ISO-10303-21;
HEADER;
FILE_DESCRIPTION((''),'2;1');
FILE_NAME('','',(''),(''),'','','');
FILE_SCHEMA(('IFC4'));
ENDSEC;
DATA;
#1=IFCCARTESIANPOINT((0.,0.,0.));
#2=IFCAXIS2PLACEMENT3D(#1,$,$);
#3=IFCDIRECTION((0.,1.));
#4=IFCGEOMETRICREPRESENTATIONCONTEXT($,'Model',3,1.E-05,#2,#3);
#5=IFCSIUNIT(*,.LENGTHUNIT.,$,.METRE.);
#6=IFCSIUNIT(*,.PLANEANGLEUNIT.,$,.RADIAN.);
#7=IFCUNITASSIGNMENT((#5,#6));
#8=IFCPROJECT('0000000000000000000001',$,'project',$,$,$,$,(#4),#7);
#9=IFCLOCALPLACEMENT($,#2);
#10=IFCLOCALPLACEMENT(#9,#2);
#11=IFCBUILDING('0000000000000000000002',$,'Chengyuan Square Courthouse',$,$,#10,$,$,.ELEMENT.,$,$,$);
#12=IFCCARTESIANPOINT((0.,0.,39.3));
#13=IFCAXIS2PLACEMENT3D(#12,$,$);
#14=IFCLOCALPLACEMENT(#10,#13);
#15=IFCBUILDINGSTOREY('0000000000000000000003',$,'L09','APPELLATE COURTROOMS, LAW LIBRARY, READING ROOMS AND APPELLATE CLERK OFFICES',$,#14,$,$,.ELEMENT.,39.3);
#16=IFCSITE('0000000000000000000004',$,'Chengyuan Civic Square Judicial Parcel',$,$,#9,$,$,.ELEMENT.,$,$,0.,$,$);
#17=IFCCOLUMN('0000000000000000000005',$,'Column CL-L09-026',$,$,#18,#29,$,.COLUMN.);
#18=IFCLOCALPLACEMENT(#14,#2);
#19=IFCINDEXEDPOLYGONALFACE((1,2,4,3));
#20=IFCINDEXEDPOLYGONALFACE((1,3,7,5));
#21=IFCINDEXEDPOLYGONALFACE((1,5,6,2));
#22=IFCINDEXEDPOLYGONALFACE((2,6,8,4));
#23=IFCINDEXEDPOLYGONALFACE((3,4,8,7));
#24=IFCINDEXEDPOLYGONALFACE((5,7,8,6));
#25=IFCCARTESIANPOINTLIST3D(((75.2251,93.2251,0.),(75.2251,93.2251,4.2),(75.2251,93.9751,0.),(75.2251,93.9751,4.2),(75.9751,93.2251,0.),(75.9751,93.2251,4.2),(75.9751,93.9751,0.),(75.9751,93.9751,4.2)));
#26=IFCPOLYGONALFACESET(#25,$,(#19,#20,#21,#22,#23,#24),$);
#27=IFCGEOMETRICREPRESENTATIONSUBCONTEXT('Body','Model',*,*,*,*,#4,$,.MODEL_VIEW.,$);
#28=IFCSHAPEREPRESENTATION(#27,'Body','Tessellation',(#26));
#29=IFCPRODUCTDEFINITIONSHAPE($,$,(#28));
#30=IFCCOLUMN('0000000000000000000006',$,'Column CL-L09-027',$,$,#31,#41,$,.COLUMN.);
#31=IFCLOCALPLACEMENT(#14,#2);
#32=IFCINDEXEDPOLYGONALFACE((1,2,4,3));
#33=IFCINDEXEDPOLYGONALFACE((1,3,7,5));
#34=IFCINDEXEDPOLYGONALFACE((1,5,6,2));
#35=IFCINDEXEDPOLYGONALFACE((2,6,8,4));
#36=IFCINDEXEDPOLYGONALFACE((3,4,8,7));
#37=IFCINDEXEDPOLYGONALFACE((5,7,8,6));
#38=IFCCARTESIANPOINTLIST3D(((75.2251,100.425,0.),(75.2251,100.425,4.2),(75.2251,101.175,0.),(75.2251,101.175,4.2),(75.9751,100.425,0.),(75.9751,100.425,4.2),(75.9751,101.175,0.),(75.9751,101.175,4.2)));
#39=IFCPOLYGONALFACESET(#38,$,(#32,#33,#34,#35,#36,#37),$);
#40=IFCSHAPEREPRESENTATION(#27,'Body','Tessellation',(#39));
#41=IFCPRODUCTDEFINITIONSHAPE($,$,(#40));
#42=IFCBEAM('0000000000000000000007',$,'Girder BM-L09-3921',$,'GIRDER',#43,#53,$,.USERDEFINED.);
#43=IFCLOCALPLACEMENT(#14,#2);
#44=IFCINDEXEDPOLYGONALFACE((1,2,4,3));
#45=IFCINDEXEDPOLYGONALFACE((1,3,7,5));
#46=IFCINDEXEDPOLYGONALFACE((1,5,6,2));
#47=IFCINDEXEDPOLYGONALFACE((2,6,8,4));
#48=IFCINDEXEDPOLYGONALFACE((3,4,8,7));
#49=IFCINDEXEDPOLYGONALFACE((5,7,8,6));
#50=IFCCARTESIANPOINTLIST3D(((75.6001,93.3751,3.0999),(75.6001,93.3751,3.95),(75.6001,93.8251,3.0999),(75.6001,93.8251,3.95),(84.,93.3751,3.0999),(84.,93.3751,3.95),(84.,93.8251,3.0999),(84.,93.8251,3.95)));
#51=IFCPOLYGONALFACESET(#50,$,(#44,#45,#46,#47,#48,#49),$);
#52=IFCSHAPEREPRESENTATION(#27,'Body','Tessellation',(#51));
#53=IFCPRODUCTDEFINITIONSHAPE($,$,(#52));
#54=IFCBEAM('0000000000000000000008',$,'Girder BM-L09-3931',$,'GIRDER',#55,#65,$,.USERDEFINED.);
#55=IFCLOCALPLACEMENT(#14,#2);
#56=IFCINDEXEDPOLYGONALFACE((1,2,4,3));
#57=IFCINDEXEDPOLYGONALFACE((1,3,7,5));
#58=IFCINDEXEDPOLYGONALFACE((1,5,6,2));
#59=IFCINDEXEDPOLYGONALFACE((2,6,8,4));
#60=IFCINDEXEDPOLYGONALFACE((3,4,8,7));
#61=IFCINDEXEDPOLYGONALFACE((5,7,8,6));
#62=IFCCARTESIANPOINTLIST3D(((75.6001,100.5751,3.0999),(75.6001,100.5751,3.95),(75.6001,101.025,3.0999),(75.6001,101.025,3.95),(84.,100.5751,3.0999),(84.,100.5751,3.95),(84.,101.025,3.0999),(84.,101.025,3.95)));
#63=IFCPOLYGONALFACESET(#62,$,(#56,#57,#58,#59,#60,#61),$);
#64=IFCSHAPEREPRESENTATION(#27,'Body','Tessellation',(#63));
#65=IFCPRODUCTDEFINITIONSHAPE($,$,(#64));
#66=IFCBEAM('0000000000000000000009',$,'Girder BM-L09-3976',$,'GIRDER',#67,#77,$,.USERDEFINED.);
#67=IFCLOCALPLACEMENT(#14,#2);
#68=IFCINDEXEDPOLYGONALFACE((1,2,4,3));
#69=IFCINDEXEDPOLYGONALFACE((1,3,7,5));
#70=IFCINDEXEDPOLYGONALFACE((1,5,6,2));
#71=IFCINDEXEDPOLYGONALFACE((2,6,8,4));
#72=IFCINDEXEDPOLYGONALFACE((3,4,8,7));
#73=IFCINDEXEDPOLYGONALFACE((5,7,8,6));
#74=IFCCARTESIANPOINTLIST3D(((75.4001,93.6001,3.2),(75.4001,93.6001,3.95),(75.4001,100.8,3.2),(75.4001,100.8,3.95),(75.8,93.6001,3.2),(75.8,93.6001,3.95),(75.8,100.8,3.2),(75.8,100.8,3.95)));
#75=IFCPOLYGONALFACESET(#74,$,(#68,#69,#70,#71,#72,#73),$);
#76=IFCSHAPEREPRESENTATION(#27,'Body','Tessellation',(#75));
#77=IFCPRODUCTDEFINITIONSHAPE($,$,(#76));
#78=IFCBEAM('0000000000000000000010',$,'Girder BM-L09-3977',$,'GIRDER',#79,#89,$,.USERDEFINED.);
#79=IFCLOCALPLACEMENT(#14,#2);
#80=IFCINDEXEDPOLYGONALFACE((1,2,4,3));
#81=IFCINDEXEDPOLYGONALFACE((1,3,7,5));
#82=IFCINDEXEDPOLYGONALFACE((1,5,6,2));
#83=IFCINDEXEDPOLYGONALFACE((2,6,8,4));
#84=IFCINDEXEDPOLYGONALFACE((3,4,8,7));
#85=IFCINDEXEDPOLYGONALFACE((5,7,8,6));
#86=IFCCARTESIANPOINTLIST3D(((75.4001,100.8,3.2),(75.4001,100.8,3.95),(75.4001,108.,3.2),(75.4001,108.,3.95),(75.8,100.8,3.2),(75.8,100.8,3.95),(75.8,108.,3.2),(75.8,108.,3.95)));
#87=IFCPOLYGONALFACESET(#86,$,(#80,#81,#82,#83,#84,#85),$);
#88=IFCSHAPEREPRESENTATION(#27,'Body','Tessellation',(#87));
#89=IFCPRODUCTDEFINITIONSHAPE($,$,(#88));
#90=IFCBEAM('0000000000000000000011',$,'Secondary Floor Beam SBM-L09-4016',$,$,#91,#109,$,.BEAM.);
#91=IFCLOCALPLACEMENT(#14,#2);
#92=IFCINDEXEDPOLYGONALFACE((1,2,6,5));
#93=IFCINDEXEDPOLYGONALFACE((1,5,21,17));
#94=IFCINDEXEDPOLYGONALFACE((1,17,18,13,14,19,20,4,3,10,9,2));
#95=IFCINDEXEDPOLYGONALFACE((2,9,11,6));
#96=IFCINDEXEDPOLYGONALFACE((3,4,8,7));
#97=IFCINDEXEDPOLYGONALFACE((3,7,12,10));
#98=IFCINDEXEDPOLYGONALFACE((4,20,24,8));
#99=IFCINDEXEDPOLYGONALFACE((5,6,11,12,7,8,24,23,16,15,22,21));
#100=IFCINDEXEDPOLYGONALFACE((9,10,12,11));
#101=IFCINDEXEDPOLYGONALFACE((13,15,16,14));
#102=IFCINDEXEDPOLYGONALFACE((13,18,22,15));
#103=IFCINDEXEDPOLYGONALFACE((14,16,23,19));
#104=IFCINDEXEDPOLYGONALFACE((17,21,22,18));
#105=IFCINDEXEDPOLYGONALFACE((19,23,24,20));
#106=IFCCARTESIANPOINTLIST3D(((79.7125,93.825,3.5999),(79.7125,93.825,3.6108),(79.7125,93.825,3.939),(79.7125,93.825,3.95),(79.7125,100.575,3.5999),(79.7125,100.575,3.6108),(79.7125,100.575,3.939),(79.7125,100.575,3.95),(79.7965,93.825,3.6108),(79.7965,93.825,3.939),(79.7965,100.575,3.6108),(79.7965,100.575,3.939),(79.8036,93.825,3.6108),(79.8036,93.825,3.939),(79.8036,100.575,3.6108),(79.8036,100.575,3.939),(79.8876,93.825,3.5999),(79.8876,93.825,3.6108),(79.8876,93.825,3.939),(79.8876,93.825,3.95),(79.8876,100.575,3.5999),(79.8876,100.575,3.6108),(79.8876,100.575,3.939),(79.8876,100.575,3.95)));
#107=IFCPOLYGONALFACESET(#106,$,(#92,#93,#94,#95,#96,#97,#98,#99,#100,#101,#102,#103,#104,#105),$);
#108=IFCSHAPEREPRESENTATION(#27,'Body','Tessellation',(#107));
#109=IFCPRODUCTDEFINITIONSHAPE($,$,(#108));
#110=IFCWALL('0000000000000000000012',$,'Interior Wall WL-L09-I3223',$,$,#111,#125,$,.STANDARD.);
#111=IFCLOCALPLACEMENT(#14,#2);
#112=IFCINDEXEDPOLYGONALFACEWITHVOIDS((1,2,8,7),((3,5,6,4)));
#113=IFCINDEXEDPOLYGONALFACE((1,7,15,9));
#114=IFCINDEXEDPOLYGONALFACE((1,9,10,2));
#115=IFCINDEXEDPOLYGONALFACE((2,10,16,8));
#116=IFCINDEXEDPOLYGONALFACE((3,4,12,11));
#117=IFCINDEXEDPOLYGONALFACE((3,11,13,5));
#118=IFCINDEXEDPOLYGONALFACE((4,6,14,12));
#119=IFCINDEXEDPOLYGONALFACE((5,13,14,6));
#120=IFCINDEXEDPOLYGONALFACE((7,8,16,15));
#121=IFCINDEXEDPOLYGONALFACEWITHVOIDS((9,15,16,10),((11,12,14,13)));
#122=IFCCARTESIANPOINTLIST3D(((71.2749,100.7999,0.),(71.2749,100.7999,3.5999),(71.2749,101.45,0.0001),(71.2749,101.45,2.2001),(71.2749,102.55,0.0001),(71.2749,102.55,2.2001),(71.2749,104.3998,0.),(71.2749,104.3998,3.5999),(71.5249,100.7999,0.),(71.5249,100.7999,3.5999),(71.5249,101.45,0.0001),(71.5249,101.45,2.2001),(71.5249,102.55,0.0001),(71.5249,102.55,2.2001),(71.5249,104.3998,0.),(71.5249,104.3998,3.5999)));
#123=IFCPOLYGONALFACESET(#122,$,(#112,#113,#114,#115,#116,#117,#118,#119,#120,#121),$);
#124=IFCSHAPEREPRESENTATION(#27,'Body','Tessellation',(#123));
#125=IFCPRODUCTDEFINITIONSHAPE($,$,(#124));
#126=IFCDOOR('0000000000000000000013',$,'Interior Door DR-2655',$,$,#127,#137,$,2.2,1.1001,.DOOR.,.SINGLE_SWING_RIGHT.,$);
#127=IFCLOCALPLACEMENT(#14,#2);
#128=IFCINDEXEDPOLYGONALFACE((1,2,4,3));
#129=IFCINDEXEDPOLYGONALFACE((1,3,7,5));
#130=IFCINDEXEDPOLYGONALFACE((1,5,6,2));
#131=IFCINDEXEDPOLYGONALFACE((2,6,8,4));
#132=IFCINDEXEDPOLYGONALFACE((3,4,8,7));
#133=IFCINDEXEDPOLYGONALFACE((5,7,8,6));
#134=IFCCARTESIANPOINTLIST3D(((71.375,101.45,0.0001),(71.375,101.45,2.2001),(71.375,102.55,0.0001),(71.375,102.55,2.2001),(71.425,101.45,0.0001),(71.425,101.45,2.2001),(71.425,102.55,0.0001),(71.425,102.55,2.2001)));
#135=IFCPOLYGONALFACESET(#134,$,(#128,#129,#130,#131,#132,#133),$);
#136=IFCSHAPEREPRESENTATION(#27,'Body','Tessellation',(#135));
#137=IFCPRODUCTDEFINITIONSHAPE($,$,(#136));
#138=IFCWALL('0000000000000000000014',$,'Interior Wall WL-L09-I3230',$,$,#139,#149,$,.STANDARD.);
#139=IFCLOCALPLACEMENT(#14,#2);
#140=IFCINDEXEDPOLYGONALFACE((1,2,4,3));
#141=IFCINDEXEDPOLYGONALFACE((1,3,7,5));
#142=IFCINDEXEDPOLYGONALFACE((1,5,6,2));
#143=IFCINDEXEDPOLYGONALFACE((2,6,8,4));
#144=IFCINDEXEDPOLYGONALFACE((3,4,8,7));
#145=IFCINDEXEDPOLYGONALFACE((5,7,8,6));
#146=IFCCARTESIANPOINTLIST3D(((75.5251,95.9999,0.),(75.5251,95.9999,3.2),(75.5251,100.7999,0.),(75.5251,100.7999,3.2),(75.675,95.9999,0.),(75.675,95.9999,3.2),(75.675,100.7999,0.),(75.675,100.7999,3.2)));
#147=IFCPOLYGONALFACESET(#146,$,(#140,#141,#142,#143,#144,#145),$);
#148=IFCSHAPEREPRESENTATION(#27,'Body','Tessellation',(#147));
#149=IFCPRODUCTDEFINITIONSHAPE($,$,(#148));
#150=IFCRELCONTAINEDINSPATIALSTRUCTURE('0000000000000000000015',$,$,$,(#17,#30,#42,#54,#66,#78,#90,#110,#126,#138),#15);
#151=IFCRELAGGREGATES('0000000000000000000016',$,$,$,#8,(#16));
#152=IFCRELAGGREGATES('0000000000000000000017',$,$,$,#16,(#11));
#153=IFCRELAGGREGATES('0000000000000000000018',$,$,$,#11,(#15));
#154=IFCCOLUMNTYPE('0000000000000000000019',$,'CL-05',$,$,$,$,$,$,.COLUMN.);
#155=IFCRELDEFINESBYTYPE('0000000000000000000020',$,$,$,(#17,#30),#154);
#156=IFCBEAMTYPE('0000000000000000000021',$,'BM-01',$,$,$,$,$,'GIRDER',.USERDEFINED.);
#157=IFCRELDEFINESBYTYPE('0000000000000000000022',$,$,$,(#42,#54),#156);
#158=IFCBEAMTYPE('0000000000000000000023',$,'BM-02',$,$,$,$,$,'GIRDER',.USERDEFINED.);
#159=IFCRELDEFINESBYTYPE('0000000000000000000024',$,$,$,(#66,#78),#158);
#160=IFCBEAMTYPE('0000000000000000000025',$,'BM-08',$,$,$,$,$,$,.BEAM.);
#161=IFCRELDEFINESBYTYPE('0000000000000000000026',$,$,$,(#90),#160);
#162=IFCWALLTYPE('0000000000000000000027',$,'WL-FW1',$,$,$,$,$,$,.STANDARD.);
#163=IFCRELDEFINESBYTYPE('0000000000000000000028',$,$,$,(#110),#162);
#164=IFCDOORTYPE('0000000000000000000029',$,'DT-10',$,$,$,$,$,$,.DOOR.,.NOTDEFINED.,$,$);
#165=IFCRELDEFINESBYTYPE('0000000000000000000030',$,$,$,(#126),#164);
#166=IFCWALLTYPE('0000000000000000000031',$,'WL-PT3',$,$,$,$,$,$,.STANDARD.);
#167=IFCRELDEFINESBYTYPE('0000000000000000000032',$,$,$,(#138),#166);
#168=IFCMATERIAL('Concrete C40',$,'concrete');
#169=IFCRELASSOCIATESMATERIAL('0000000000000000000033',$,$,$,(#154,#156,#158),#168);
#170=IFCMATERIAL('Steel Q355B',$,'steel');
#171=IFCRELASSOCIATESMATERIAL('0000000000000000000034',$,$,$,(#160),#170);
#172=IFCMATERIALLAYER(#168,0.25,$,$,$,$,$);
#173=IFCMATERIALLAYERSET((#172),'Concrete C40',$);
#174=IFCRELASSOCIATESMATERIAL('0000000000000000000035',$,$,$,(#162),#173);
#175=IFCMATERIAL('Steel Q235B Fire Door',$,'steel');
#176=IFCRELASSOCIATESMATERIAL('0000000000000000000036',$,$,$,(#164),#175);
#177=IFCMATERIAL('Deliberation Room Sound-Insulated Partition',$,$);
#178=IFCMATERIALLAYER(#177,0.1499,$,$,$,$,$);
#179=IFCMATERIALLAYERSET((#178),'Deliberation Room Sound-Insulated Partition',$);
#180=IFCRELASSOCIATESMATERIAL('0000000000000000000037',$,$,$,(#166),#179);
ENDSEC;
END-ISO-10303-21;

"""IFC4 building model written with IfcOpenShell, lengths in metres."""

from ifc_helpers import new_model, si_unit, direction, frame, frame_2d, origin, origin_2d, place, context, subcontext, project, spatial, rectangle, i_section, extrude, material, layer, layer_set, material_profile, profile_set, type_object, element, fill, save


model = new_model("IFC4")

# Units and contexts
model_context = context("Model", 3, precision=1e-05, world=origin(), true_north=direction((0.0, 1.0)))
body_context = subcontext(model_context, "Body", "Model", "MODEL_VIEW")
ifc_project = project(units=[si_unit("LENGTHUNIT", "METRE"), si_unit("PLANEANGLEUNIT", "RADIAN")], contexts=[model_context])

# Site, building, storey
site_placement = place(None, origin())
site = spatial("IfcSite", under=ifc_project, at=site_placement, Name="Chengyuan Civic Square Judicial Parcel", CompositionType="ELEMENT", RefElevation=0.0)
building_placement = place(site_placement, origin())
building = spatial("IfcBuilding", under=site, at=building_placement, Name="Chengyuan Square Courthouse", CompositionType="ELEMENT")
storey_placement = place(building_placement, frame((0.0, 0.0, 39.3)))
storey = spatial("IfcBuildingStorey", under=building, at=storey_placement, Name="L09", Description="APPELLATE COURTROOMS, LAW LIBRARY, READING ROOMS AND APPELLATE CLERK OFFICES", CompositionType="ELEMENT", Elevation=39.3)

# Columns
ifc_material_1 = material(Name="Concrete C40", Category="concrete")
ifc_material_profile_1 = material_profile(ifc_material_1, rectangle(XDim=0.75, YDim=0.75, at=origin_2d()), Name="RC-COL-750x750")
ifc_profile_set_1 = profile_set([ifc_material_profile_1], Name="Concrete C40")
column_type = type_object("IfcColumnType", Name="CL-05", PredefinedType="COLUMN", material=ifc_profile_set_1)
for number, where, z_axis, x_axis, name in (
    (1, (75.6001, 93.6001, 0.0), (0.0, 0.0, 1.0), (1.0, 0.0, 0.0), "Column CL-L09-026"),
    (2, (75.6001, 100.8, 0.0), (0.0, 0.0, 1.0), (1.0, 0.0, 0.0), "Column CL-L09-027"),
):
    element("IfcColumn", number, at=place(storey_placement, frame(where, z_axis=z_axis, x_axis=x_axis)), inside=storey, type_object=column_type, Name=name, PredefinedType="COLUMN", context=body_context, shape_type="SweptSolid", body=[
        extrude(rectangle(XDim=0.75, YDim=0.75, at=origin_2d()), origin(), (0.0, 0.0, 1.0), 4.2),
    ])

# Beams
ifc_material_profile_2 = material_profile(ifc_material_1, rectangle(XDim=0.45, YDim=0.8501, at=origin_2d()), Name="RC-BM-450x850")
ifc_profile_set_2 = profile_set([ifc_material_profile_2], Name="Concrete C40")
beam_type_1 = type_object("IfcBeamType", Name="BM-01", ElementType="GIRDER", PredefinedType="USERDEFINED", material=ifc_profile_set_2)
for number, where, z_axis, x_axis, name in (
    (3, (75.6001, 93.6001, 3.5249), (1.0, 0.0, 0.0), (0.0, 1.0, 0.0), "Girder BM-L09-3921"),
    (4, (75.6001, 100.8, 3.5249), (1.0, 0.0, 0.0), (0.0, 1.0, 0.0), "Girder BM-L09-3931"),
):
    element("IfcBeam", number, at=place(storey_placement, frame(where, z_axis=z_axis, x_axis=x_axis)), inside=storey, type_object=beam_type_1, Name=name, ObjectType="GIRDER", PredefinedType="USERDEFINED", context=body_context, shape_type="SweptSolid", body=[
        extrude(rectangle(XDim=0.45, YDim=0.8501, at=origin_2d()), origin(), (0.0, 0.0, 1.0), 8.3999),
    ])
ifc_material_profile_3 = material_profile(ifc_material_1, rectangle(XDim=0.3999, YDim=0.75, at=origin_2d()), Name="RC-BM-400x750")
ifc_profile_set_3 = profile_set([ifc_material_profile_3], Name="Concrete C40")
beam_type_2 = type_object("IfcBeamType", Name="BM-02", ElementType="GIRDER", PredefinedType="USERDEFINED", material=ifc_profile_set_3)
for number, where, z_axis, x_axis, name in (
    (5, (75.6001, 93.6001, 3.575), (0.0, 1.0, 0.0), (-1.0, 0.0, 0.0), "Girder BM-L09-3976"),
    (6, (75.6001, 100.8, 3.575), (0.0, 1.0, 0.0), (-1.0, 0.0, 0.0), "Girder BM-L09-3977"),
):
    element("IfcBeam", number, at=place(storey_placement, frame(where, z_axis=z_axis, x_axis=x_axis)), inside=storey, type_object=beam_type_2, Name=name, ObjectType="GIRDER", PredefinedType="USERDEFINED", context=body_context, shape_type="SweptSolid", body=[
        extrude(rectangle(XDim=0.3999, YDim=0.75, at=origin_2d()), origin(), (0.0, 0.0, 1.0), 7.2),
    ])
ifc_material_2 = material(Name="Steel Q355B", Category="steel")
ifc_material_profile_4 = material_profile(ifc_material_2, i_section(OverallWidth=0.175, OverallDepth=0.3501, WebThickness=0.0071, FlangeThickness=0.011, at=origin_2d()), Name="HN 350x175x7x11")
ifc_profile_set_4 = profile_set([ifc_material_profile_4], Name="Steel Q355B")
beam_type_3 = type_object("IfcBeamType", Name="BM-08", PredefinedType="BEAM", material=ifc_profile_set_4)
beam_placement = place(storey_placement, frame((79.8, 93.825, 3.7749), z_axis=(0.0, 1.0, 0.0), x_axis=(-1.0, 0.0, 0.0)))
element("IfcBeam", 7, at=beam_placement, inside=storey, type_object=beam_type_3, Name="Secondary Floor Beam SBM-L09-4016", PredefinedType="BEAM", context=body_context, shape_type="SweptSolid", body=[
    extrude(i_section(OverallWidth=0.175, OverallDepth=0.3501, WebThickness=0.0071, FlangeThickness=0.011, at=origin_2d()), origin(), (0.0, 0.0, 1.0), 6.75),
])

# Wall, opening, door
ifc_layer_1 = layer(ifc_material_1, 0.25)
ifc_layer_set_1 = layer_set([ifc_layer_1], Name="Concrete C40")
wall_type_1 = type_object("IfcWallType", Name="WL-FW1", PredefinedType="STANDARD", material=ifc_layer_set_1)
wall_1_placement = place(storey_placement, frame((71.3999, 100.8, 0.0), z_axis=(0.0, 0.0, 1.0), x_axis=(0.0, 1.0, 0.0)))
wall_1 = element("IfcWall", 8, at=wall_1_placement, inside=storey, type_object=wall_type_1, Name="Interior Wall WL-L09-I3223", PredefinedType="STANDARD", context=body_context, shape_type="SweptSolid", body=[
    extrude(rectangle(XDim=3.5999, YDim=0.25, at=frame_2d((1.7998, 0.0))), origin(), (0.0, 0.0, 1.0), 3.5999),
])
opening_1_placement = place(wall_1_placement, frame((0.6499, 0.0, 0.0)))
opening_1 = element("IfcOpeningElement", 9, at=opening_1_placement, cuts=wall_1, PredefinedType="OPENING", context=body_context, shape_type="SweptSolid", body=[
    extrude(rectangle(XDim=1.1001, YDim=2.2, at=frame_2d((0.55, 1.1001))), frame((0.0, 0.137, 0.0), z_axis=(0.0, -1.0, 0.0), x_axis=(1.0, 0.0, 0.0)), (0.0, 0.0, 1.0), 0.2739),
])
ifc_material_3 = material(Name="Steel Q235B Fire Door", Category="steel")
door_type_1 = type_object("IfcDoorType", Name="DT-10", OperationType="NOTDEFINED", PredefinedType="DOOR", material=ifc_material_3)
door_1_placement = place(opening_1_placement, origin())
door_1 = element("IfcDoor", 10, at=door_1_placement, inside=storey, type_object=door_type_1, Name="Interior Door DR-2655", OperationType="SINGLE_SWING_RIGHT", OverallHeight=2.2, OverallWidth=1.1001, PredefinedType="DOOR", context=body_context, shape_type="SweptSolid", body=[
    extrude(rectangle(XDim=1.1001, YDim=2.2, at=frame_2d((0.55, 1.1001))), frame((0.0, 0.0249, 0.0), z_axis=(0.0, -1.0, 0.0), x_axis=(1.0, 0.0, 0.0)), (0.0, 0.0, 1.0), 0.05),
])
fill(opening_1, door_1)
ifc_material_4 = material(Name="Deliberation Room Sound-Insulated Partition")
ifc_layer_2 = layer(ifc_material_4, 0.1499)
ifc_layer_set_2 = layer_set([ifc_layer_2], Name="Deliberation Room Sound-Insulated Partition")
wall_type_2 = type_object("IfcWallType", Name="WL-PT3", PredefinedType="STANDARD", material=ifc_layer_set_2)

# Wall
wall_2_placement = place(storey_placement, frame((75.6001, 96.0, 0.0), z_axis=(0.0, 0.0, 1.0), x_axis=(0.0, 1.0, 0.0)))
element("IfcWall", 11, at=wall_2_placement, inside=storey, type_object=wall_type_2, Name="Interior Wall WL-L09-I3230", PredefinedType="STANDARD", context=body_context, shape_type="SweptSolid", body=[
    extrude(rectangle(XDim=4.8, YDim=0.1499, at=frame_2d((2.3999, 0.0))), origin(), (0.0, 0.0, 1.0), 3.2),
])

save(model, "model.ifc")
